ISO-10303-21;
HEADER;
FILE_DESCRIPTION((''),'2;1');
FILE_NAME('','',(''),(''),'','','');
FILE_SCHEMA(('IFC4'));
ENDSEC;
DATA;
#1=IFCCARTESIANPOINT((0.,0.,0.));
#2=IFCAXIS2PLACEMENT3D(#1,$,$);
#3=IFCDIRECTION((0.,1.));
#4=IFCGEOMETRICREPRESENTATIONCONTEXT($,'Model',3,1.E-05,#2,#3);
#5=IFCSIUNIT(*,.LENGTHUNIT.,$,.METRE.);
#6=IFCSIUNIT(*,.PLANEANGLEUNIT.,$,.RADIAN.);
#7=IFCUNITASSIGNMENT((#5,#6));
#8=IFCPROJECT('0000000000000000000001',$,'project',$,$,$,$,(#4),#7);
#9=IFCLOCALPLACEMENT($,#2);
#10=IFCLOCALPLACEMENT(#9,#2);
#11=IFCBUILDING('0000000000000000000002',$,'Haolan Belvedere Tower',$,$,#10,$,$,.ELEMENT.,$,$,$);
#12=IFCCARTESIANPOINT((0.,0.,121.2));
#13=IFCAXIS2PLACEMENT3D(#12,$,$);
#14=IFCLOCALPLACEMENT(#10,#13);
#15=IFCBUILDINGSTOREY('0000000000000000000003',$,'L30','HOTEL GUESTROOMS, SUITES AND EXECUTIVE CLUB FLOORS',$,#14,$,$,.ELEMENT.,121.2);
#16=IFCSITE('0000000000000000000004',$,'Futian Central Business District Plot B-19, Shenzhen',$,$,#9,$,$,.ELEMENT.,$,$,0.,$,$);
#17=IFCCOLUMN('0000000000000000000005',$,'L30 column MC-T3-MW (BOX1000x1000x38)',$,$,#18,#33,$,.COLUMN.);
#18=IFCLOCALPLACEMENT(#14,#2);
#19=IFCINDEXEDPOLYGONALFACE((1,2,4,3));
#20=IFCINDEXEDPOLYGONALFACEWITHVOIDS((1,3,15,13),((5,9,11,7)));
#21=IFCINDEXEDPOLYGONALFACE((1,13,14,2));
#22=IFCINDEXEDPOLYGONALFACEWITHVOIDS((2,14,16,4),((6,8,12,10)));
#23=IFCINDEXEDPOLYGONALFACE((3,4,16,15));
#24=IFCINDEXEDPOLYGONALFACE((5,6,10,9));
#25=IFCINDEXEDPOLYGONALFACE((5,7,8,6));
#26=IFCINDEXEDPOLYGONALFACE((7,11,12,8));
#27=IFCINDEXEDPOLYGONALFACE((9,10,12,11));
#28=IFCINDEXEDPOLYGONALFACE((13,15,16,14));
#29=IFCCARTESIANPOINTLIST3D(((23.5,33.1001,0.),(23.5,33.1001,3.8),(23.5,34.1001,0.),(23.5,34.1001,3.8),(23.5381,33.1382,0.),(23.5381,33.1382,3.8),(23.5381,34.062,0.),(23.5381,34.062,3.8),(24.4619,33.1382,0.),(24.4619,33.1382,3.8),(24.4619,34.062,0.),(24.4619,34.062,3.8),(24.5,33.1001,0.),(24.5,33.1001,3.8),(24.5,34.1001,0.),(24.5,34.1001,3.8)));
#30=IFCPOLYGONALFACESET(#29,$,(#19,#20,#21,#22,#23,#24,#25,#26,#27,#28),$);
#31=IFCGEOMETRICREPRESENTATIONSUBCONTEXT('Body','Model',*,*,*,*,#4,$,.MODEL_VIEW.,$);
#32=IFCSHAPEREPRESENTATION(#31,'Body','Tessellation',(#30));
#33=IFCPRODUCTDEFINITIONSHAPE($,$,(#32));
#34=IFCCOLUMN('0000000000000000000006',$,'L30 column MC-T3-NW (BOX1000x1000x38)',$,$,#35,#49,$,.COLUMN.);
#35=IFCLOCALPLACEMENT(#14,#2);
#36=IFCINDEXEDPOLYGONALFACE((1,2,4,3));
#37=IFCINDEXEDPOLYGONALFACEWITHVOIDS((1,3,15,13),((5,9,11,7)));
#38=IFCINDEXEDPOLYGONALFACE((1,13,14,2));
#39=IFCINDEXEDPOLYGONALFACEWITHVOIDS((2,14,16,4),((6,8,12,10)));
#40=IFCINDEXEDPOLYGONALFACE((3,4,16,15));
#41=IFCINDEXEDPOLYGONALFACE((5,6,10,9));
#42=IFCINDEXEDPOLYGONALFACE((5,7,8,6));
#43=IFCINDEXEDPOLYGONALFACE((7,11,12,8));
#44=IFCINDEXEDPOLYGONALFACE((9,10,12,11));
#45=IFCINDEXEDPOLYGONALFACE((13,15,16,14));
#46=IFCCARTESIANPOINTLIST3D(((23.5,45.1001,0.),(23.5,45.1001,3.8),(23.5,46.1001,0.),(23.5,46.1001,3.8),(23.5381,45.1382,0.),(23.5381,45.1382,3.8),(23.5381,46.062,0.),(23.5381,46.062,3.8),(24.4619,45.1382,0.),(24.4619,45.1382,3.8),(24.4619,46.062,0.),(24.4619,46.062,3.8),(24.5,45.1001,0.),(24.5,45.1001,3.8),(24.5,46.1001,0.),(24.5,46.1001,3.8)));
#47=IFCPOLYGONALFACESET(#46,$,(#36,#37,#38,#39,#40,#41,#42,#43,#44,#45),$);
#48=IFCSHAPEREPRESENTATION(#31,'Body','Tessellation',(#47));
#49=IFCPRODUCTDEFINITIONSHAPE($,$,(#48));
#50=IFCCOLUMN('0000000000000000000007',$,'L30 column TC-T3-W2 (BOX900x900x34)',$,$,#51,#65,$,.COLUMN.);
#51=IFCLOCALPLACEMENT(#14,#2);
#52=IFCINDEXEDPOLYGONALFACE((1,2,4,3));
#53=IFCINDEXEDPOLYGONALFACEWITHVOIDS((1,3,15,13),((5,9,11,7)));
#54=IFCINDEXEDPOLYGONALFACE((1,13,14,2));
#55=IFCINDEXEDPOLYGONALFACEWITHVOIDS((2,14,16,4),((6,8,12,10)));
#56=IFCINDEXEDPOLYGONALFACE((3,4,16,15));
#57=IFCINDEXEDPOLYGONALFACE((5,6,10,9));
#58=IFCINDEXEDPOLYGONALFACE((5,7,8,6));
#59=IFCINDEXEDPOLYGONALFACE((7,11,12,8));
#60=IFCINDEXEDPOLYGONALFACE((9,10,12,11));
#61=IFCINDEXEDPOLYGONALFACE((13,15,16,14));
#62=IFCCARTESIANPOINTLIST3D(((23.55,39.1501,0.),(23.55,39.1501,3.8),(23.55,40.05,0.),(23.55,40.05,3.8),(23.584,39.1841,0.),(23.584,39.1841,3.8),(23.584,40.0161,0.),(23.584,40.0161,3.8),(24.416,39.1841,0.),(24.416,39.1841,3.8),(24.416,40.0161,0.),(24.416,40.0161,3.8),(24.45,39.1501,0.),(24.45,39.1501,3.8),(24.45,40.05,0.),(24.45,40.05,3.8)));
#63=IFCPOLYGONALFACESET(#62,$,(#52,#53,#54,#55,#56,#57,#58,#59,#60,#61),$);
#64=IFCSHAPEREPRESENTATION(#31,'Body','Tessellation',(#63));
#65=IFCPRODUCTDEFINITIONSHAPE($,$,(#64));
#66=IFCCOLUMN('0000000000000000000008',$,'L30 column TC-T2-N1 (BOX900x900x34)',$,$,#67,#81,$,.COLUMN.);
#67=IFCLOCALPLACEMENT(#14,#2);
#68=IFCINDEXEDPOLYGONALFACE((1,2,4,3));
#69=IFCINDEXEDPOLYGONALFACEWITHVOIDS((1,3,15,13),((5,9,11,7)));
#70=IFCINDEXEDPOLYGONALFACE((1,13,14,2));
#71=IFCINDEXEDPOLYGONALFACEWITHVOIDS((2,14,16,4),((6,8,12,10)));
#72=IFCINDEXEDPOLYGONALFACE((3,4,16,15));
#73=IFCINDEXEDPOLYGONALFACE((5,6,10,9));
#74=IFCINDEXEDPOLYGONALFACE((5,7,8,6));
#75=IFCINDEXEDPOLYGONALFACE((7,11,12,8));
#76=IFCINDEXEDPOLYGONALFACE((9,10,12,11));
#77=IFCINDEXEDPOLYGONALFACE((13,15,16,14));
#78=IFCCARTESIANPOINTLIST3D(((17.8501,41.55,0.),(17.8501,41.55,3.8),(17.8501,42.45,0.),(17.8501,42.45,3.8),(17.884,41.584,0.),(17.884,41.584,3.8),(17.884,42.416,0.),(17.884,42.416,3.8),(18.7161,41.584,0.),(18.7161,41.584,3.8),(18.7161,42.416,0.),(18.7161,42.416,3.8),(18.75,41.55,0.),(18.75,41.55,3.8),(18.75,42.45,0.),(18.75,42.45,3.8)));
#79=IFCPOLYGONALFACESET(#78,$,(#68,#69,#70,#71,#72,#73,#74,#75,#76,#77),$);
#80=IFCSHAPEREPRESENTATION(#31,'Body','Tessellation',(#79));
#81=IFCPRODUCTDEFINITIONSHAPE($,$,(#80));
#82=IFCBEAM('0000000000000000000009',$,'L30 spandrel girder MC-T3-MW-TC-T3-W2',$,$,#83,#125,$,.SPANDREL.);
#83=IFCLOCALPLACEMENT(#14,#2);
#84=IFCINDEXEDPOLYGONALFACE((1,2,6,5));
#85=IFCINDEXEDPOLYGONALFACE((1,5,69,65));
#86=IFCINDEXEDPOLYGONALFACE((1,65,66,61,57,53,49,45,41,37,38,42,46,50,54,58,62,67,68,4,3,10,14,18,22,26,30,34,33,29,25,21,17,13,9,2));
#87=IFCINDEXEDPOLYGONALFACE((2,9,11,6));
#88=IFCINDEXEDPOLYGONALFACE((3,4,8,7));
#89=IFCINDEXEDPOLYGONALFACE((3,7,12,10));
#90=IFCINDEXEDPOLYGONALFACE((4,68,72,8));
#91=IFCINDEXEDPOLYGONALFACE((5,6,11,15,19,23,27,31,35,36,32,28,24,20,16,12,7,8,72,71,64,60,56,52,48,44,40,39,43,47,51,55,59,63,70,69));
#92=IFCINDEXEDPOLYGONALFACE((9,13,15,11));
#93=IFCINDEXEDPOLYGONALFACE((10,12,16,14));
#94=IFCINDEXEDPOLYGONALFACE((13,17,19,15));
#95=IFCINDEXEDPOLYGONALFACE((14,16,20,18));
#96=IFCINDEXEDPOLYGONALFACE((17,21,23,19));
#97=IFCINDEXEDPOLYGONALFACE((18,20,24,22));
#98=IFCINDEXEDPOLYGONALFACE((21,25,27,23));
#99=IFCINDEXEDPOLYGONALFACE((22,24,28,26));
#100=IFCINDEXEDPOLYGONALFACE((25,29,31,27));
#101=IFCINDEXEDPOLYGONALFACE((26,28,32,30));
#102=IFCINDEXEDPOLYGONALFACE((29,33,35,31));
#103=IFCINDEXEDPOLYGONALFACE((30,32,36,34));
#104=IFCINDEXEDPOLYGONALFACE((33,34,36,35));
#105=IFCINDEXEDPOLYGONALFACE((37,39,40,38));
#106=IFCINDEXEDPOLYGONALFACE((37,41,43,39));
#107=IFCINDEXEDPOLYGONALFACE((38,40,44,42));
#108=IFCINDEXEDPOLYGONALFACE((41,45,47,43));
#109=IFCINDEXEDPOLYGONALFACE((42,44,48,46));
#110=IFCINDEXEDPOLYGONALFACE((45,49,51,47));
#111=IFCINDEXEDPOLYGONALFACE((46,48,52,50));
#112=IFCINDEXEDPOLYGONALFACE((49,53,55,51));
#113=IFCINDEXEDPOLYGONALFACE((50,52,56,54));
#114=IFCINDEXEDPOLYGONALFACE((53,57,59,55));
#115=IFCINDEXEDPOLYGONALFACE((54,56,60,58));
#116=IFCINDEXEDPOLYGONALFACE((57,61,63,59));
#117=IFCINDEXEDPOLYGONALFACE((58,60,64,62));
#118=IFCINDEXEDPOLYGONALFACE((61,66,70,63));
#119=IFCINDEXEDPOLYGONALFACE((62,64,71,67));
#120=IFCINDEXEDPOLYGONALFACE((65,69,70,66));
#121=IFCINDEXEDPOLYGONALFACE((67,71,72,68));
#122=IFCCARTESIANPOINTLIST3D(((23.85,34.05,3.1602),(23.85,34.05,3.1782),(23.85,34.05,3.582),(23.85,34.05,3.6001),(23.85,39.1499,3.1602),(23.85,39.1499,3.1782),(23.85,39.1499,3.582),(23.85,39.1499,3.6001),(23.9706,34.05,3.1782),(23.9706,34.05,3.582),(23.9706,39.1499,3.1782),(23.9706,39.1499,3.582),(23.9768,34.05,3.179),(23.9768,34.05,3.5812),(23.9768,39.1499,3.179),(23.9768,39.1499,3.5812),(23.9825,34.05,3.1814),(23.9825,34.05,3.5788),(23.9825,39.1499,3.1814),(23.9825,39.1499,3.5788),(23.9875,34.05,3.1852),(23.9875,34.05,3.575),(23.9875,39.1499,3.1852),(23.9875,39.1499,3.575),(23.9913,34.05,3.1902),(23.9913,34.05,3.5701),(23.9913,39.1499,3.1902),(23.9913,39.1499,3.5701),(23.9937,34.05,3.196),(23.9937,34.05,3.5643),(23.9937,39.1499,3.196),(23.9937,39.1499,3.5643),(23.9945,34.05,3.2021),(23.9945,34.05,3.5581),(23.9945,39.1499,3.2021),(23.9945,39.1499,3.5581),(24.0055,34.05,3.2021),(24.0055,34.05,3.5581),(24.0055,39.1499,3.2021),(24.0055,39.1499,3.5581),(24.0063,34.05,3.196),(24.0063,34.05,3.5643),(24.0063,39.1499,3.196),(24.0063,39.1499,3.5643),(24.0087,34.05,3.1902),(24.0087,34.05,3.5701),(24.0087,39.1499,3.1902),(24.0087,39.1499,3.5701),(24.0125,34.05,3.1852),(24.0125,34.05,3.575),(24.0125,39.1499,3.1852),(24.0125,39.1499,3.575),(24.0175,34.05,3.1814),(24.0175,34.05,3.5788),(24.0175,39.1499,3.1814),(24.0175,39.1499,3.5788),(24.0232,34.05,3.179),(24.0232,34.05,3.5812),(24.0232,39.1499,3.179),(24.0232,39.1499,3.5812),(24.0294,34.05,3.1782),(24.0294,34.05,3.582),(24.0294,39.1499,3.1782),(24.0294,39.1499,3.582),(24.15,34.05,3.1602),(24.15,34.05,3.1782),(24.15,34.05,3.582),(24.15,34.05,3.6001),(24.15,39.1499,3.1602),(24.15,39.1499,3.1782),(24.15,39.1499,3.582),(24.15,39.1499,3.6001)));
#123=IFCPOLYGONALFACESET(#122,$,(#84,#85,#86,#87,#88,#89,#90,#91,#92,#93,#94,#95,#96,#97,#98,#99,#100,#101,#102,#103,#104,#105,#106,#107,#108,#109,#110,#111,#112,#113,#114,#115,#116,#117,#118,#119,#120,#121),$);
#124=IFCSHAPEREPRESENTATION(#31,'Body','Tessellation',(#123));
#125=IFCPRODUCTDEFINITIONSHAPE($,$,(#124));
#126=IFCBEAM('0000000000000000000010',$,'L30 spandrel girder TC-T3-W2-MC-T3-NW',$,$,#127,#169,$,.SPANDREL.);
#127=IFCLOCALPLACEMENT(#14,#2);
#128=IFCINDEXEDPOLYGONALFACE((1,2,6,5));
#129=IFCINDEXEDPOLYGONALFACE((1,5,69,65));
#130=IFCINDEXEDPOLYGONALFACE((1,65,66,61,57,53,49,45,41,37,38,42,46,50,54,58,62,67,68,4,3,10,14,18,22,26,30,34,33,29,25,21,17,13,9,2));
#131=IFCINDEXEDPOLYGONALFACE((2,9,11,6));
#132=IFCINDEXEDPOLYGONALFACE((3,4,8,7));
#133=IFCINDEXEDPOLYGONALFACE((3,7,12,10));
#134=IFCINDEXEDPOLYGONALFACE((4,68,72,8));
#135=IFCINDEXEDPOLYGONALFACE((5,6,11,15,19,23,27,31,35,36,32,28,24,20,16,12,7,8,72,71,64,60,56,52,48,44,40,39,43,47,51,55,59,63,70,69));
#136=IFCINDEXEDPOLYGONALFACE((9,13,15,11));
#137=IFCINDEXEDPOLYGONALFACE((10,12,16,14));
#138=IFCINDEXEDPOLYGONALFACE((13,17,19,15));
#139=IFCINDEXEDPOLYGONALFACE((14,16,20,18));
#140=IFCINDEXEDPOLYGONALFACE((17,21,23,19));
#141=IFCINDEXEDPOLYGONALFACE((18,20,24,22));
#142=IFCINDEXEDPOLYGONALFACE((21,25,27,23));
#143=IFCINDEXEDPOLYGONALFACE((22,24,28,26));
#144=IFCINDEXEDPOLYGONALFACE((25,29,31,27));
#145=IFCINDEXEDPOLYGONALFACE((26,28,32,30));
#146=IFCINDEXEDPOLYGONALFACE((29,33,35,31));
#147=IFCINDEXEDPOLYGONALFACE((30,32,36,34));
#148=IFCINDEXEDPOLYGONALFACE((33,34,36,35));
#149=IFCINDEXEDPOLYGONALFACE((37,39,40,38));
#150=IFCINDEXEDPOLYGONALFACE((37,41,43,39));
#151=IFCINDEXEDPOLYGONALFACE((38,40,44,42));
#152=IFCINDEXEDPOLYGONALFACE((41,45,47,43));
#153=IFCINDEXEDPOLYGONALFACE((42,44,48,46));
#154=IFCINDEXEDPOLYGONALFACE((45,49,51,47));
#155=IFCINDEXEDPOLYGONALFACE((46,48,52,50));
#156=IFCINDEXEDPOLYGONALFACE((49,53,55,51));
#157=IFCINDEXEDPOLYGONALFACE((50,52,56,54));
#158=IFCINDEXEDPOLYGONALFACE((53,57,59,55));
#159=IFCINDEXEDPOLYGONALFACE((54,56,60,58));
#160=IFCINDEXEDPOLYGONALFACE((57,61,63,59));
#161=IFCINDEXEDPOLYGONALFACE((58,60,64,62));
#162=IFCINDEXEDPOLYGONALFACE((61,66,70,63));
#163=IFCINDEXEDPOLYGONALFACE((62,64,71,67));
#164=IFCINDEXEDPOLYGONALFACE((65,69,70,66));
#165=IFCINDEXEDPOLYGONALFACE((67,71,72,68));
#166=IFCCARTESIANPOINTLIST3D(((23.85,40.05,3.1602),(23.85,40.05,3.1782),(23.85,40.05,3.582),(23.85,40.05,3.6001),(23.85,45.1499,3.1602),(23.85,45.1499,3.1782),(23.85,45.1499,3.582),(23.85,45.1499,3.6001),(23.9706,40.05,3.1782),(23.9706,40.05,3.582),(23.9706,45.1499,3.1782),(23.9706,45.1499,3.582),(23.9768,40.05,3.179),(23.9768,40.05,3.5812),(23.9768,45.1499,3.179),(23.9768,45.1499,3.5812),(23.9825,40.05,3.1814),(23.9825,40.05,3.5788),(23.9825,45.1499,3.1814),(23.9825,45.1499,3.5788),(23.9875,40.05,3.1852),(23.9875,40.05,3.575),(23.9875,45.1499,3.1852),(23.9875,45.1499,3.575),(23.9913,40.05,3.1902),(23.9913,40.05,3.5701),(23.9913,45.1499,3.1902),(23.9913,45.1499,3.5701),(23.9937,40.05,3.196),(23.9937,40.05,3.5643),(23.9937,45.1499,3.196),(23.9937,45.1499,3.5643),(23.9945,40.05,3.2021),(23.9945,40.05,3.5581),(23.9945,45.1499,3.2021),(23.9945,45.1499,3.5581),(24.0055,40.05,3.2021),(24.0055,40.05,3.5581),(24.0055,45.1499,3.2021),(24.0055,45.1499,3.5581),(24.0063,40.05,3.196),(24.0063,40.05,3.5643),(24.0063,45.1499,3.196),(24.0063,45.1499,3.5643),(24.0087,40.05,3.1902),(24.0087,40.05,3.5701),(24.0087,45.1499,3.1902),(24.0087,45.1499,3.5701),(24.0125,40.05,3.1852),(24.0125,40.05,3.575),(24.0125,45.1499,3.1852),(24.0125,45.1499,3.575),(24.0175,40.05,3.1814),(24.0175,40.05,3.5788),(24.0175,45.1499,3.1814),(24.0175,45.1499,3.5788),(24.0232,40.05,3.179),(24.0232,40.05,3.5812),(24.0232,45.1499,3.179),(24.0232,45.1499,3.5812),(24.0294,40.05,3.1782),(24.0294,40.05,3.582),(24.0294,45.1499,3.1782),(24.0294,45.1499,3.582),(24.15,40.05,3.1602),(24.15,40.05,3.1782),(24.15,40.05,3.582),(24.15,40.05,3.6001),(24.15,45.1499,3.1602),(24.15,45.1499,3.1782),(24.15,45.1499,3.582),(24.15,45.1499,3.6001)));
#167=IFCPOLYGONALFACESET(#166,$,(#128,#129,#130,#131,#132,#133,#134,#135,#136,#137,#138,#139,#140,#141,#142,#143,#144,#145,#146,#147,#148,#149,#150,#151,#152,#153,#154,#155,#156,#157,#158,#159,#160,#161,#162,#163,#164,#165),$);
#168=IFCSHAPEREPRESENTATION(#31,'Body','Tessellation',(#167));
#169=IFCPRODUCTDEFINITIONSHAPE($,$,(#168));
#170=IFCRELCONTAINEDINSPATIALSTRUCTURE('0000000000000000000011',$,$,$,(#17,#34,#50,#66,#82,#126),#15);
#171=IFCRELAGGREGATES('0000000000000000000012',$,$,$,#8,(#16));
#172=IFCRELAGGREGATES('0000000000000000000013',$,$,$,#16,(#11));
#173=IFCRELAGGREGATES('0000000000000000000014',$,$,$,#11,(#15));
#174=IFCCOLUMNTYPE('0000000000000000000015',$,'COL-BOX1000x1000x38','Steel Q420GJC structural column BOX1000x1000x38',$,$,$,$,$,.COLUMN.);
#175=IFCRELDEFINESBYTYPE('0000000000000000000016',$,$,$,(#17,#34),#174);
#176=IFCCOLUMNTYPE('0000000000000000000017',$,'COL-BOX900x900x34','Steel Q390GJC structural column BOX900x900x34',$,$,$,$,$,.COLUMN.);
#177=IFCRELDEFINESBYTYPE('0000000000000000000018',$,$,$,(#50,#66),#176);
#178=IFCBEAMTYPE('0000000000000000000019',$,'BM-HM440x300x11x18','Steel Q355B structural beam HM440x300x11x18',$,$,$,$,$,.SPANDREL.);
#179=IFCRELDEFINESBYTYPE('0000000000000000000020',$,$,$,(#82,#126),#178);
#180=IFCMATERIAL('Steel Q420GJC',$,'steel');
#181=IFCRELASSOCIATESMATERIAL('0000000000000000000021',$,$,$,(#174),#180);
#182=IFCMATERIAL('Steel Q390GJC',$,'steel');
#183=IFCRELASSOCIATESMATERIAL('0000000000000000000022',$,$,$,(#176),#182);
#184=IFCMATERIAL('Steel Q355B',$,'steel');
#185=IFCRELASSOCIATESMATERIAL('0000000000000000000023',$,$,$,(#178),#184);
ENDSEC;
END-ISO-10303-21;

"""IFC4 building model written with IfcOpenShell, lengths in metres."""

from ifc_helpers import new_model, si_unit, direction, frame, origin, origin_2d, place, context, subcontext, project, spatial, hollow_rectangle, i_section, extrude, material, material_profile, profile_set, type_object, element, save


model = new_model("IFC4")

# Units and contexts
model_context = context("Model", 3, precision=1e-05, world=origin(), true_north=direction((0.0, 1.0)))
body_context = subcontext(model_context, "Body", "Model", "MODEL_VIEW")
ifc_project = project(units=[si_unit("LENGTHUNIT", "METRE"), si_unit("PLANEANGLEUNIT", "RADIAN")], contexts=[model_context])

# Site, building, storey
site_placement = place(None, origin())
site = spatial("IfcSite", under=ifc_project, at=site_placement, Name="Futian Central Business District Plot B-19, Shenzhen", CompositionType="ELEMENT", RefElevation=0.0)
building_placement = place(site_placement, origin())
building = spatial("IfcBuilding", under=site, at=building_placement, Name="Haolan Belvedere Tower", CompositionType="ELEMENT")
storey_placement = place(building_placement, frame((0.0, 0.0, 121.2)))
storey = spatial("IfcBuildingStorey", under=building, at=storey_placement, Name="L30", Description="HOTEL GUESTROOMS, SUITES AND EXECUTIVE CLUB FLOORS", CompositionType="ELEMENT", Elevation=121.2)

# Columns
ifc_material_1 = material(Name="Steel Q420GJC", Category="steel")
ifc_material_profile_1 = material_profile(ifc_material_1, hollow_rectangle(XDim=1.0, YDim=1.0, WallThickness=0.0381, at=origin_2d()), Name="Steel Q420GJC")
ifc_profile_set_1 = profile_set([ifc_material_profile_1], Name="Steel Q420GJC")
column_type_1 = type_object("IfcColumnType", Name="COL-BOX1000x1000x38", Description="Steel Q420GJC structural column BOX1000x1000x38", PredefinedType="COLUMN", material=ifc_profile_set_1)
for number, where, z_axis, x_axis, name in (
    (1, (24.0, 33.6001, 0.0), (0.0, 0.0, 1.0), (1.0, 0.0, 0.0), "L30 column MC-T3-MW (BOX1000x1000x38)"),
    (2, (24.0, 45.6001, 0.0), (0.0, 0.0, 1.0), (1.0, 0.0, 0.0), "L30 column MC-T3-NW (BOX1000x1000x38)"),
):
    element("IfcColumn", number, at=place(storey_placement, frame(where, z_axis=z_axis, x_axis=x_axis)), inside=storey, type_object=column_type_1, Name=name, PredefinedType="COLUMN", context=body_context, shape_type="SweptSolid", body=[
        extrude(hollow_rectangle(XDim=1.0, YDim=1.0, WallThickness=0.0381, at=origin_2d()), origin(), (0.0, 0.0, 1.0), 3.8),
    ])
ifc_material_2 = material(Name="Steel Q390GJC", Category="steel")
ifc_material_profile_2 = material_profile(ifc_material_2, hollow_rectangle(XDim=0.8999, YDim=0.8999, WallThickness=0.0339, at=origin_2d()), Name="Steel Q390GJC")
ifc_profile_set_2 = profile_set([ifc_material_profile_2], Name="Steel Q390GJC")
column_type_2 = type_object("IfcColumnType", Name="COL-BOX900x900x34", Description="Steel Q390GJC structural column BOX900x900x34", PredefinedType="COLUMN", material=ifc_profile_set_2)
for number, where, z_axis, x_axis, name in (
    (3, (24.0, 39.6001, 0.0), (0.0, 0.0, 1.0), (1.0, 0.0, 0.0), "L30 column TC-T3-W2 (BOX900x900x34)"),
    (4, (18.3, 42.0, 0.0), (0.0, 0.0, 1.0), (1.0, 0.0, 0.0), "L30 column TC-T2-N1 (BOX900x900x34)"),
):
    element("IfcColumn", number, at=place(storey_placement, frame(where, z_axis=z_axis, x_axis=x_axis)), inside=storey, type_object=column_type_2, Name=name, PredefinedType="COLUMN", context=body_context, shape_type="SweptSolid", body=[
        extrude(hollow_rectangle(XDim=0.8999, YDim=0.8999, WallThickness=0.0339, at=origin_2d()), origin(), (0.0, 0.0, 1.0), 3.8),
    ])

# Beams
ifc_material_3 = material(Name="Steel Q355B", Category="steel")
ifc_material_profile_3 = material_profile(ifc_material_3, i_section(OverallWidth=0.3, OverallDepth=0.4399, WebThickness=0.011, FlangeThickness=0.0181, FilletRadius=0.0239, at=origin_2d()), Name="Steel Q355B")
ifc_profile_set_3 = profile_set([ifc_material_profile_3], Name="Steel Q355B")
beam_type = type_object("IfcBeamType", Name="BM-HM440x300x11x18", Description="Steel Q355B structural beam HM440x300x11x18", PredefinedType="SPANDREL", material=ifc_profile_set_3)
for number, where, z_axis, x_axis, name in (
    (5, (24.0, 34.05, 3.3801), (0.0, 1.0, 0.0), (-1.0, 0.0, 0.0), "L30 spandrel girder MC-T3-MW-TC-T3-W2"),
    (6, (24.0, 40.05, 3.3801), (0.0, 1.0, 0.0), (-1.0, 0.0, 0.0), "L30 spandrel girder TC-T3-W2-MC-T3-NW"),
):
    element("IfcBeam", number, at=place(storey_placement, frame(where, z_axis=z_axis, x_axis=x_axis)), inside=storey, type_object=beam_type, Name=name, PredefinedType="SPANDREL", context=body_context, shape_type="SweptSolid", body=[
        extrude(i_section(OverallWidth=0.3, OverallDepth=0.4399, WebThickness=0.011, FlangeThickness=0.0181, FilletRadius=0.0239, at=origin_2d()), origin(), (0.0, 0.0, 1.0), 5.0999),
    ])

save(model, "model.ifc")
